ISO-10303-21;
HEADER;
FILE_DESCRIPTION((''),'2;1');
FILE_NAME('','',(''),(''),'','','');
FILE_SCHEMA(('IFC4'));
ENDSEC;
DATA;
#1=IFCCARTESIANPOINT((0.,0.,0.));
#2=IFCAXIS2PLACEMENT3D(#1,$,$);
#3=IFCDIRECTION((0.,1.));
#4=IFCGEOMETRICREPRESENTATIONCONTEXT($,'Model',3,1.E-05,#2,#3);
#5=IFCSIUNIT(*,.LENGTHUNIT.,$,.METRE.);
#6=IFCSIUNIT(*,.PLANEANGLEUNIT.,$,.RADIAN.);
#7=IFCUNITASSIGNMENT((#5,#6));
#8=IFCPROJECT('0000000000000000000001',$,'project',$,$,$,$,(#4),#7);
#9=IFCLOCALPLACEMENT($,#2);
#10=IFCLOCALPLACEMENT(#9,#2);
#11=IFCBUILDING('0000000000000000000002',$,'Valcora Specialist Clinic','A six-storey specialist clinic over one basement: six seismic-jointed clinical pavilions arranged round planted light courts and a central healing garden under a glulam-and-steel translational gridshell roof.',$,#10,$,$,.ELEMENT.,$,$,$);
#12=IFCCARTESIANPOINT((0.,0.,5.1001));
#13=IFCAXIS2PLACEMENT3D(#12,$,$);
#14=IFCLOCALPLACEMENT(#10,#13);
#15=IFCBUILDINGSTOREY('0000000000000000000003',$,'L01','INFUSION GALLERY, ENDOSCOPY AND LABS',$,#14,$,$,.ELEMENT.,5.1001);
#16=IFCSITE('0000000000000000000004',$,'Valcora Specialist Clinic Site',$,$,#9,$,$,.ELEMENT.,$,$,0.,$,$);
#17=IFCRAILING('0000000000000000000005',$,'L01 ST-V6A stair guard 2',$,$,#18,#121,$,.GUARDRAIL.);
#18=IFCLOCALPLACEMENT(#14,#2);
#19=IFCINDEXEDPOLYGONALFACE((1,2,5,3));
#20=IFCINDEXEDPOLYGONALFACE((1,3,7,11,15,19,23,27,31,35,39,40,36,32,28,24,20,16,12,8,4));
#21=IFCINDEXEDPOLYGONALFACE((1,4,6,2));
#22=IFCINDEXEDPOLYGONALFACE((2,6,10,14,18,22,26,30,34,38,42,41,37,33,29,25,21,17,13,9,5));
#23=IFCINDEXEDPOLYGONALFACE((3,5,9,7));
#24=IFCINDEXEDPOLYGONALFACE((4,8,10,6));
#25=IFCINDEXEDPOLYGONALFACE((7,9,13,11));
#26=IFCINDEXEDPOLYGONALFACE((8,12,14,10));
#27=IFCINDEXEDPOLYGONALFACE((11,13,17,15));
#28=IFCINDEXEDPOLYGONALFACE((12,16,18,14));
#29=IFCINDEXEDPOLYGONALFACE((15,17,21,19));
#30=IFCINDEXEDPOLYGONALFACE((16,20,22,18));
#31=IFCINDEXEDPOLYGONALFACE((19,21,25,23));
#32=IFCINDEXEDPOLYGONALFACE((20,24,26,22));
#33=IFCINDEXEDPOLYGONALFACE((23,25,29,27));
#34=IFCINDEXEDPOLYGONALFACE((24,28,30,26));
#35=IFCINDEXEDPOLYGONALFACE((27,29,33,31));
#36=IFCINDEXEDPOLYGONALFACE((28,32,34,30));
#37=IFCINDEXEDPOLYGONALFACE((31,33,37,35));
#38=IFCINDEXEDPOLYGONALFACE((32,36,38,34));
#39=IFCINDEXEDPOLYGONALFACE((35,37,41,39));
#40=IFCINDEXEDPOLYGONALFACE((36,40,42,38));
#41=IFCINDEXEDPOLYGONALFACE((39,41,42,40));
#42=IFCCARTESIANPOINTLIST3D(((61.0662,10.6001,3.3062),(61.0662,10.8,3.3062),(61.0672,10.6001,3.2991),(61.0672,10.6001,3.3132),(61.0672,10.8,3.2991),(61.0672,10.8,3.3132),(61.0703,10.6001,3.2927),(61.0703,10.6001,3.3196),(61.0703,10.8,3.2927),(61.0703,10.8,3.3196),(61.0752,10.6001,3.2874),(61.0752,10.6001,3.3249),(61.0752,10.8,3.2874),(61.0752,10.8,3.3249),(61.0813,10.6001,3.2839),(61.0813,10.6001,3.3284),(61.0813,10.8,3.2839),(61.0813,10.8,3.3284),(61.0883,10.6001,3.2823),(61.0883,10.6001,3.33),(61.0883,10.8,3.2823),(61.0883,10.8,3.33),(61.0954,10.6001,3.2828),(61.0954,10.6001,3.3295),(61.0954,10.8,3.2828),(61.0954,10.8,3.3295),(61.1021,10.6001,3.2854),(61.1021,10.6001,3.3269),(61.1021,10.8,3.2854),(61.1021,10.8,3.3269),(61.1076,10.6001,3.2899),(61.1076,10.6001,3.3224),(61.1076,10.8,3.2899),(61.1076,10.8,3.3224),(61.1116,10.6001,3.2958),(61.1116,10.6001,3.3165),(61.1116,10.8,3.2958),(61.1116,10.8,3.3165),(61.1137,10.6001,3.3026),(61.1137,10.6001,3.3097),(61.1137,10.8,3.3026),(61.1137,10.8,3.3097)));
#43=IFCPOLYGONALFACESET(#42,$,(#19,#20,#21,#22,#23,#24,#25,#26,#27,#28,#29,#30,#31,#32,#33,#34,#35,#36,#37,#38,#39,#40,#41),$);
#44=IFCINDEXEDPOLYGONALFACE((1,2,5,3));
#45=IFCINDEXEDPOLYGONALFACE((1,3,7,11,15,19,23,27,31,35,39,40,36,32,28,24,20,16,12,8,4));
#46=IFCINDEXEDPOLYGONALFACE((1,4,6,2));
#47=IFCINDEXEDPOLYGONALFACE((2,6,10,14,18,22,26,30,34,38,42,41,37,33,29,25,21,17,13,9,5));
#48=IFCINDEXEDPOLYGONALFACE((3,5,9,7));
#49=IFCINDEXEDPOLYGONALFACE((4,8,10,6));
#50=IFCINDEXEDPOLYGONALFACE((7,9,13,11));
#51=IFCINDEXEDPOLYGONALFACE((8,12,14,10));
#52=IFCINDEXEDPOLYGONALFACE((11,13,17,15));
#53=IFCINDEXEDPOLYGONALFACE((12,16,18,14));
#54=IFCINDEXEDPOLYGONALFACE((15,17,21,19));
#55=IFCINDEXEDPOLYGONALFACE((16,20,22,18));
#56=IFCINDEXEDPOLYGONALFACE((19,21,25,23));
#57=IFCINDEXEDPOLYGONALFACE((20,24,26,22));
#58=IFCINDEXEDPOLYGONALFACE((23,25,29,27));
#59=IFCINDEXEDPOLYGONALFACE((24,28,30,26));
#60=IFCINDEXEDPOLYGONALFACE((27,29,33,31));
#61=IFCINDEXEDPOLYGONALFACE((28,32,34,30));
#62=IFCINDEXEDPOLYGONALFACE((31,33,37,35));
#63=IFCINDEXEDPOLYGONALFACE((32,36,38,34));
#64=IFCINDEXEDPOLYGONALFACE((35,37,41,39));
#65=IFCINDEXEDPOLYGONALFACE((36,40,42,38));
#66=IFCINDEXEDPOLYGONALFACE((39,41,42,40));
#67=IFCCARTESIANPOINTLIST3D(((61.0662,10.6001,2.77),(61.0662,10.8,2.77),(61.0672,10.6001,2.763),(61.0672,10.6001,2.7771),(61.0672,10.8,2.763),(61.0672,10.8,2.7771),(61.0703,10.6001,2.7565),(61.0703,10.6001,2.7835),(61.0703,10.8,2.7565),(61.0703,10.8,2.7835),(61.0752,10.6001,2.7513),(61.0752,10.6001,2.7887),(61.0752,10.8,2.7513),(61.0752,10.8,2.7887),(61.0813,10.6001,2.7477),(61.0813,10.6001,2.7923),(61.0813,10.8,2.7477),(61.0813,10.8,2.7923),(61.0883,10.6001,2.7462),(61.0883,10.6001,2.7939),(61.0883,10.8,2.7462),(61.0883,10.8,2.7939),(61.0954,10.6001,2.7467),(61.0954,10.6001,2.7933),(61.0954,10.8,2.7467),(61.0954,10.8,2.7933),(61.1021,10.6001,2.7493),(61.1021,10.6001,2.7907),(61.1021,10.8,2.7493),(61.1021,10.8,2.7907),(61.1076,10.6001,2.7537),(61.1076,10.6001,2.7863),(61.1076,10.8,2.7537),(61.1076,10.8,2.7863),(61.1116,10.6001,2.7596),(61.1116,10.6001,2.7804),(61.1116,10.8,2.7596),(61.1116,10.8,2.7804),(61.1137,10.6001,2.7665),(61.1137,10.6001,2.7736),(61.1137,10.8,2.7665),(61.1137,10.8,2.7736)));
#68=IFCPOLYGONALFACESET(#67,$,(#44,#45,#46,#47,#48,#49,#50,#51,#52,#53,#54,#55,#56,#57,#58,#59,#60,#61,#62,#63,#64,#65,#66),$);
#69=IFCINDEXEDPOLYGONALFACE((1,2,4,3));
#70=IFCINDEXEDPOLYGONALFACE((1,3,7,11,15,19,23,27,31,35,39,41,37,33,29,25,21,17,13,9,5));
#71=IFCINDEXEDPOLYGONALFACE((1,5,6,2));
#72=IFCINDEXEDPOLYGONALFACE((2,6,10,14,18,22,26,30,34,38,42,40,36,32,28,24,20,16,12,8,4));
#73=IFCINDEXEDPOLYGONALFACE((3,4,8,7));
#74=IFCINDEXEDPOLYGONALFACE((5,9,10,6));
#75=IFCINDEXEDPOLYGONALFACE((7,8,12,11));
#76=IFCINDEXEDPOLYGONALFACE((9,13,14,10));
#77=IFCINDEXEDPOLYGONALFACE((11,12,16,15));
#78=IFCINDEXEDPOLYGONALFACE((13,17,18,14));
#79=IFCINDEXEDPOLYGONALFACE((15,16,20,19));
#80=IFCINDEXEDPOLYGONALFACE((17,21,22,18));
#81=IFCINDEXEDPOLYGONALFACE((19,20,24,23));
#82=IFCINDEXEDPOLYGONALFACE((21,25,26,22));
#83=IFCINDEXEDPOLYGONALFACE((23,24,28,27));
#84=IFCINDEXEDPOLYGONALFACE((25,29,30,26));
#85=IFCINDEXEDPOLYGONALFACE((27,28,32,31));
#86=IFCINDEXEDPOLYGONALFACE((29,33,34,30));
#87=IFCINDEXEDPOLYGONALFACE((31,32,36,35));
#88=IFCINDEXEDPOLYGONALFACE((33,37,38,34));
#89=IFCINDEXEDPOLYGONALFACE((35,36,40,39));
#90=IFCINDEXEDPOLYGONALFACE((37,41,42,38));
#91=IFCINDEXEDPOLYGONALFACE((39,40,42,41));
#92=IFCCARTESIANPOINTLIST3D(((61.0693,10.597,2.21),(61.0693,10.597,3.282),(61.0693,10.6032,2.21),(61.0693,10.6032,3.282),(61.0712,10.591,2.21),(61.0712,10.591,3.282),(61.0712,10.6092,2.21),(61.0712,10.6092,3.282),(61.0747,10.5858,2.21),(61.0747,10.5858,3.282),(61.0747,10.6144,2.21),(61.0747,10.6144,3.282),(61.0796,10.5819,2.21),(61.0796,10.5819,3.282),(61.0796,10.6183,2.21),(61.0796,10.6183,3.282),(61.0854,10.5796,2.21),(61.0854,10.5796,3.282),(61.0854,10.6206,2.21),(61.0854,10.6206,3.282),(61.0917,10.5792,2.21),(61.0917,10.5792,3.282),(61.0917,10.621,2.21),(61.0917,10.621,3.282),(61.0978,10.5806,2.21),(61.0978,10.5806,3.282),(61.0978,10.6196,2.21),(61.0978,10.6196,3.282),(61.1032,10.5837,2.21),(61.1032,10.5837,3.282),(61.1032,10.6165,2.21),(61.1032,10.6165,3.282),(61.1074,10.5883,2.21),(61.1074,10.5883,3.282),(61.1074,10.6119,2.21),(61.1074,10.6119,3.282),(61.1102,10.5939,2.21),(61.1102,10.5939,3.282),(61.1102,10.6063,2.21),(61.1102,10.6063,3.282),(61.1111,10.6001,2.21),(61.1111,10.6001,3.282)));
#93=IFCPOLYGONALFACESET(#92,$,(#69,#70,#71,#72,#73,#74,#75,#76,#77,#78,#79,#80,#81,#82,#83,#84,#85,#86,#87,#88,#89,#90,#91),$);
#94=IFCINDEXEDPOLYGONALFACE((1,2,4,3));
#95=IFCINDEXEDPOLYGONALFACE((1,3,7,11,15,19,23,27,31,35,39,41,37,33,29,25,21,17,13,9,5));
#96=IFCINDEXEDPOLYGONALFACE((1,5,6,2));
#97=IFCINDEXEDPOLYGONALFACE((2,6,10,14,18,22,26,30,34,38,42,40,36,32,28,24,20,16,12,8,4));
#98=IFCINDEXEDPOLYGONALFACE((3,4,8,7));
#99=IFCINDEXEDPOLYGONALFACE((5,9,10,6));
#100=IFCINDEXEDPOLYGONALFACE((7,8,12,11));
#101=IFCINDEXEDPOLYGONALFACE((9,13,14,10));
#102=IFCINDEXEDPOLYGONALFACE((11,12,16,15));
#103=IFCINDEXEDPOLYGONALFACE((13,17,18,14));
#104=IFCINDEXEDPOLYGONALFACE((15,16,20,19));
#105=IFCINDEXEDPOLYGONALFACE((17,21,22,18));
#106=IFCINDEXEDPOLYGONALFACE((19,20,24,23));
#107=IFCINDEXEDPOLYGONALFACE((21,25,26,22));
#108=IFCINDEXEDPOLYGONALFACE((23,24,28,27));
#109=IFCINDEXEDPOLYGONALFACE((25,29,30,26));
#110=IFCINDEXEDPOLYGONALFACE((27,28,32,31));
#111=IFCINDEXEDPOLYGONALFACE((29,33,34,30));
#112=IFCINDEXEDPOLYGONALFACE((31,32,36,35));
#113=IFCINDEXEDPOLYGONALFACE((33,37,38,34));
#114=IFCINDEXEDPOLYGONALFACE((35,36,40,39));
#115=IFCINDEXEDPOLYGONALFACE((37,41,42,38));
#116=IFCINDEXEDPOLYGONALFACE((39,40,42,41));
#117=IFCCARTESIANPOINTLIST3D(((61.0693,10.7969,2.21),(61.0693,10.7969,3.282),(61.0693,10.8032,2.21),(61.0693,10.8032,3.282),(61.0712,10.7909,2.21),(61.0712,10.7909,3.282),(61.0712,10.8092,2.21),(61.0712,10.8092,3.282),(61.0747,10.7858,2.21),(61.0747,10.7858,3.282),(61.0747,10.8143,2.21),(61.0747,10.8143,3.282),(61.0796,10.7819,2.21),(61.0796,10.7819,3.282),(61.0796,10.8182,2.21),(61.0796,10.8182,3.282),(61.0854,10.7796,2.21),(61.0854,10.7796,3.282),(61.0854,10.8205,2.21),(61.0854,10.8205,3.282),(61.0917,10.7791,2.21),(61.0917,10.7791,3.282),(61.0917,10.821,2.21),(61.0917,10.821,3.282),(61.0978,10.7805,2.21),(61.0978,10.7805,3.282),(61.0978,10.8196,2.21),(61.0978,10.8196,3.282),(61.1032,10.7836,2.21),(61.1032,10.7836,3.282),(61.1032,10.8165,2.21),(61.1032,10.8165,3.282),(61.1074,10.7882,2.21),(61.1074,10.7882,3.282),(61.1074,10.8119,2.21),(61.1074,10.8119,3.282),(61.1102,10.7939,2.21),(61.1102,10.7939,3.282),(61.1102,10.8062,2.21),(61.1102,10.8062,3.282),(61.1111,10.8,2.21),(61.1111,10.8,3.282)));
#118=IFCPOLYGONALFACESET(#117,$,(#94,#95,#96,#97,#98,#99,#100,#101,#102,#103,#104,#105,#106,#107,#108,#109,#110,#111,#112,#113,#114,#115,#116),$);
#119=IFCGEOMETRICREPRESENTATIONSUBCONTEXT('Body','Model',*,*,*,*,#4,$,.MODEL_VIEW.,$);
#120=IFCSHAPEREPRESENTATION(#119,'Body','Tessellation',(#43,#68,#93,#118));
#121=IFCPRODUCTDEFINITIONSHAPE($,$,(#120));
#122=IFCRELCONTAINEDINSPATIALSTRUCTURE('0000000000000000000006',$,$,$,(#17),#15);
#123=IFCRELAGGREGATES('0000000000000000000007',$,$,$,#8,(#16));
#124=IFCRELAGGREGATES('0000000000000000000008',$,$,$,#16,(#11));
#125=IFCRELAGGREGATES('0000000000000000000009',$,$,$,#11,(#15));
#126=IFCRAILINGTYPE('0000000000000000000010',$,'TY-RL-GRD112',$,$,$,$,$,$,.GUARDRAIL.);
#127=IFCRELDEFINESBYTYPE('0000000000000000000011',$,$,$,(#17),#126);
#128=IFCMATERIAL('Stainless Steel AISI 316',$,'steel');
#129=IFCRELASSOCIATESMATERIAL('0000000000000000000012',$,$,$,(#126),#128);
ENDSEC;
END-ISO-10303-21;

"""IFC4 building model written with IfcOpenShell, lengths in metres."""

from ifc_helpers import new_model, si_unit, direction, frame, origin, origin_2d, place, context, subcontext, project, spatial, circle, extrude, material, type_object, element, save


model = new_model("IFC4")

# Units and contexts
model_context = context("Model", 3, precision=1e-05, world=origin(), true_north=direction((0.0, 1.0)))
body_context = subcontext(model_context, "Body", "Model", "MODEL_VIEW")
ifc_project = project(units=[si_unit("LENGTHUNIT", "METRE"), si_unit("PLANEANGLEUNIT", "RADIAN")], contexts=[model_context])

# Site, building, storey
site_placement = place(None, origin())
site = spatial("IfcSite", under=ifc_project, at=site_placement, Name="Valcora Specialist Clinic Site", CompositionType="ELEMENT", RefElevation=0.0)
building_placement = place(site_placement, origin())
building = spatial("IfcBuilding", under=site, at=building_placement, Name="Valcora Specialist Clinic", Description="A six-storey specialist clinic over one basement: six seismic-jointed clinical pavilions arranged round planted light courts and a central healing garden under a glulam-and-steel translational gridshell roof.", CompositionType="ELEMENT")
storey_placement = place(building_placement, frame((0.0, 0.0, 5.1001)))
storey = spatial("IfcBuildingStorey", under=building, at=storey_placement, Name="L01", Description="INFUSION GALLERY, ENDOSCOPY AND LABS", CompositionType="ELEMENT", Elevation=5.1001)

# Railing
ifc_material_1 = material(Name="Stainless Steel AISI 316", Category="steel")
railing_type_1 = type_object("IfcRailingType", Name="TY-RL-GRD112", PredefinedType="GUARDRAIL", material=ifc_material_1)
railing_1_placement = place(storey_placement, frame((61.0901, 10.6001, 2.21)))
element("IfcRailing", 1, at=railing_1_placement, inside=storey, type_object=railing_type_1, Name="L01 ST-V6A stair guard 2", PredefinedType="GUARDRAIL", context=body_context, shape_type="SweptSolid", body=[
    extrude(circle(Radius=0.0239, at=origin_2d()), frame((0.0, 0.0, 1.0962), z_axis=(0.0, 1.0, 0.0), x_axis=(-1.0, 0.0, 0.0)), (0.0, 0.0, 1.0), 0.2),
    extrude(circle(Radius=0.0239, at=origin_2d()), frame((0.0, 0.0, 0.5601), z_axis=(0.0, 1.0, 0.0), x_axis=(-1.0, 0.0, 0.0)), (0.0, 0.0, 1.0), 0.2),
    extrude(circle(Radius=0.021, at=origin_2d()), origin(), (0.0, 0.0, 1.0), 1.072),
    extrude(circle(Radius=0.021, at=origin_2d()), frame((0.0, 0.2, 0.0)), (0.0, 0.0, 1.0), 1.072),
])

save(model, "model.ifc")
